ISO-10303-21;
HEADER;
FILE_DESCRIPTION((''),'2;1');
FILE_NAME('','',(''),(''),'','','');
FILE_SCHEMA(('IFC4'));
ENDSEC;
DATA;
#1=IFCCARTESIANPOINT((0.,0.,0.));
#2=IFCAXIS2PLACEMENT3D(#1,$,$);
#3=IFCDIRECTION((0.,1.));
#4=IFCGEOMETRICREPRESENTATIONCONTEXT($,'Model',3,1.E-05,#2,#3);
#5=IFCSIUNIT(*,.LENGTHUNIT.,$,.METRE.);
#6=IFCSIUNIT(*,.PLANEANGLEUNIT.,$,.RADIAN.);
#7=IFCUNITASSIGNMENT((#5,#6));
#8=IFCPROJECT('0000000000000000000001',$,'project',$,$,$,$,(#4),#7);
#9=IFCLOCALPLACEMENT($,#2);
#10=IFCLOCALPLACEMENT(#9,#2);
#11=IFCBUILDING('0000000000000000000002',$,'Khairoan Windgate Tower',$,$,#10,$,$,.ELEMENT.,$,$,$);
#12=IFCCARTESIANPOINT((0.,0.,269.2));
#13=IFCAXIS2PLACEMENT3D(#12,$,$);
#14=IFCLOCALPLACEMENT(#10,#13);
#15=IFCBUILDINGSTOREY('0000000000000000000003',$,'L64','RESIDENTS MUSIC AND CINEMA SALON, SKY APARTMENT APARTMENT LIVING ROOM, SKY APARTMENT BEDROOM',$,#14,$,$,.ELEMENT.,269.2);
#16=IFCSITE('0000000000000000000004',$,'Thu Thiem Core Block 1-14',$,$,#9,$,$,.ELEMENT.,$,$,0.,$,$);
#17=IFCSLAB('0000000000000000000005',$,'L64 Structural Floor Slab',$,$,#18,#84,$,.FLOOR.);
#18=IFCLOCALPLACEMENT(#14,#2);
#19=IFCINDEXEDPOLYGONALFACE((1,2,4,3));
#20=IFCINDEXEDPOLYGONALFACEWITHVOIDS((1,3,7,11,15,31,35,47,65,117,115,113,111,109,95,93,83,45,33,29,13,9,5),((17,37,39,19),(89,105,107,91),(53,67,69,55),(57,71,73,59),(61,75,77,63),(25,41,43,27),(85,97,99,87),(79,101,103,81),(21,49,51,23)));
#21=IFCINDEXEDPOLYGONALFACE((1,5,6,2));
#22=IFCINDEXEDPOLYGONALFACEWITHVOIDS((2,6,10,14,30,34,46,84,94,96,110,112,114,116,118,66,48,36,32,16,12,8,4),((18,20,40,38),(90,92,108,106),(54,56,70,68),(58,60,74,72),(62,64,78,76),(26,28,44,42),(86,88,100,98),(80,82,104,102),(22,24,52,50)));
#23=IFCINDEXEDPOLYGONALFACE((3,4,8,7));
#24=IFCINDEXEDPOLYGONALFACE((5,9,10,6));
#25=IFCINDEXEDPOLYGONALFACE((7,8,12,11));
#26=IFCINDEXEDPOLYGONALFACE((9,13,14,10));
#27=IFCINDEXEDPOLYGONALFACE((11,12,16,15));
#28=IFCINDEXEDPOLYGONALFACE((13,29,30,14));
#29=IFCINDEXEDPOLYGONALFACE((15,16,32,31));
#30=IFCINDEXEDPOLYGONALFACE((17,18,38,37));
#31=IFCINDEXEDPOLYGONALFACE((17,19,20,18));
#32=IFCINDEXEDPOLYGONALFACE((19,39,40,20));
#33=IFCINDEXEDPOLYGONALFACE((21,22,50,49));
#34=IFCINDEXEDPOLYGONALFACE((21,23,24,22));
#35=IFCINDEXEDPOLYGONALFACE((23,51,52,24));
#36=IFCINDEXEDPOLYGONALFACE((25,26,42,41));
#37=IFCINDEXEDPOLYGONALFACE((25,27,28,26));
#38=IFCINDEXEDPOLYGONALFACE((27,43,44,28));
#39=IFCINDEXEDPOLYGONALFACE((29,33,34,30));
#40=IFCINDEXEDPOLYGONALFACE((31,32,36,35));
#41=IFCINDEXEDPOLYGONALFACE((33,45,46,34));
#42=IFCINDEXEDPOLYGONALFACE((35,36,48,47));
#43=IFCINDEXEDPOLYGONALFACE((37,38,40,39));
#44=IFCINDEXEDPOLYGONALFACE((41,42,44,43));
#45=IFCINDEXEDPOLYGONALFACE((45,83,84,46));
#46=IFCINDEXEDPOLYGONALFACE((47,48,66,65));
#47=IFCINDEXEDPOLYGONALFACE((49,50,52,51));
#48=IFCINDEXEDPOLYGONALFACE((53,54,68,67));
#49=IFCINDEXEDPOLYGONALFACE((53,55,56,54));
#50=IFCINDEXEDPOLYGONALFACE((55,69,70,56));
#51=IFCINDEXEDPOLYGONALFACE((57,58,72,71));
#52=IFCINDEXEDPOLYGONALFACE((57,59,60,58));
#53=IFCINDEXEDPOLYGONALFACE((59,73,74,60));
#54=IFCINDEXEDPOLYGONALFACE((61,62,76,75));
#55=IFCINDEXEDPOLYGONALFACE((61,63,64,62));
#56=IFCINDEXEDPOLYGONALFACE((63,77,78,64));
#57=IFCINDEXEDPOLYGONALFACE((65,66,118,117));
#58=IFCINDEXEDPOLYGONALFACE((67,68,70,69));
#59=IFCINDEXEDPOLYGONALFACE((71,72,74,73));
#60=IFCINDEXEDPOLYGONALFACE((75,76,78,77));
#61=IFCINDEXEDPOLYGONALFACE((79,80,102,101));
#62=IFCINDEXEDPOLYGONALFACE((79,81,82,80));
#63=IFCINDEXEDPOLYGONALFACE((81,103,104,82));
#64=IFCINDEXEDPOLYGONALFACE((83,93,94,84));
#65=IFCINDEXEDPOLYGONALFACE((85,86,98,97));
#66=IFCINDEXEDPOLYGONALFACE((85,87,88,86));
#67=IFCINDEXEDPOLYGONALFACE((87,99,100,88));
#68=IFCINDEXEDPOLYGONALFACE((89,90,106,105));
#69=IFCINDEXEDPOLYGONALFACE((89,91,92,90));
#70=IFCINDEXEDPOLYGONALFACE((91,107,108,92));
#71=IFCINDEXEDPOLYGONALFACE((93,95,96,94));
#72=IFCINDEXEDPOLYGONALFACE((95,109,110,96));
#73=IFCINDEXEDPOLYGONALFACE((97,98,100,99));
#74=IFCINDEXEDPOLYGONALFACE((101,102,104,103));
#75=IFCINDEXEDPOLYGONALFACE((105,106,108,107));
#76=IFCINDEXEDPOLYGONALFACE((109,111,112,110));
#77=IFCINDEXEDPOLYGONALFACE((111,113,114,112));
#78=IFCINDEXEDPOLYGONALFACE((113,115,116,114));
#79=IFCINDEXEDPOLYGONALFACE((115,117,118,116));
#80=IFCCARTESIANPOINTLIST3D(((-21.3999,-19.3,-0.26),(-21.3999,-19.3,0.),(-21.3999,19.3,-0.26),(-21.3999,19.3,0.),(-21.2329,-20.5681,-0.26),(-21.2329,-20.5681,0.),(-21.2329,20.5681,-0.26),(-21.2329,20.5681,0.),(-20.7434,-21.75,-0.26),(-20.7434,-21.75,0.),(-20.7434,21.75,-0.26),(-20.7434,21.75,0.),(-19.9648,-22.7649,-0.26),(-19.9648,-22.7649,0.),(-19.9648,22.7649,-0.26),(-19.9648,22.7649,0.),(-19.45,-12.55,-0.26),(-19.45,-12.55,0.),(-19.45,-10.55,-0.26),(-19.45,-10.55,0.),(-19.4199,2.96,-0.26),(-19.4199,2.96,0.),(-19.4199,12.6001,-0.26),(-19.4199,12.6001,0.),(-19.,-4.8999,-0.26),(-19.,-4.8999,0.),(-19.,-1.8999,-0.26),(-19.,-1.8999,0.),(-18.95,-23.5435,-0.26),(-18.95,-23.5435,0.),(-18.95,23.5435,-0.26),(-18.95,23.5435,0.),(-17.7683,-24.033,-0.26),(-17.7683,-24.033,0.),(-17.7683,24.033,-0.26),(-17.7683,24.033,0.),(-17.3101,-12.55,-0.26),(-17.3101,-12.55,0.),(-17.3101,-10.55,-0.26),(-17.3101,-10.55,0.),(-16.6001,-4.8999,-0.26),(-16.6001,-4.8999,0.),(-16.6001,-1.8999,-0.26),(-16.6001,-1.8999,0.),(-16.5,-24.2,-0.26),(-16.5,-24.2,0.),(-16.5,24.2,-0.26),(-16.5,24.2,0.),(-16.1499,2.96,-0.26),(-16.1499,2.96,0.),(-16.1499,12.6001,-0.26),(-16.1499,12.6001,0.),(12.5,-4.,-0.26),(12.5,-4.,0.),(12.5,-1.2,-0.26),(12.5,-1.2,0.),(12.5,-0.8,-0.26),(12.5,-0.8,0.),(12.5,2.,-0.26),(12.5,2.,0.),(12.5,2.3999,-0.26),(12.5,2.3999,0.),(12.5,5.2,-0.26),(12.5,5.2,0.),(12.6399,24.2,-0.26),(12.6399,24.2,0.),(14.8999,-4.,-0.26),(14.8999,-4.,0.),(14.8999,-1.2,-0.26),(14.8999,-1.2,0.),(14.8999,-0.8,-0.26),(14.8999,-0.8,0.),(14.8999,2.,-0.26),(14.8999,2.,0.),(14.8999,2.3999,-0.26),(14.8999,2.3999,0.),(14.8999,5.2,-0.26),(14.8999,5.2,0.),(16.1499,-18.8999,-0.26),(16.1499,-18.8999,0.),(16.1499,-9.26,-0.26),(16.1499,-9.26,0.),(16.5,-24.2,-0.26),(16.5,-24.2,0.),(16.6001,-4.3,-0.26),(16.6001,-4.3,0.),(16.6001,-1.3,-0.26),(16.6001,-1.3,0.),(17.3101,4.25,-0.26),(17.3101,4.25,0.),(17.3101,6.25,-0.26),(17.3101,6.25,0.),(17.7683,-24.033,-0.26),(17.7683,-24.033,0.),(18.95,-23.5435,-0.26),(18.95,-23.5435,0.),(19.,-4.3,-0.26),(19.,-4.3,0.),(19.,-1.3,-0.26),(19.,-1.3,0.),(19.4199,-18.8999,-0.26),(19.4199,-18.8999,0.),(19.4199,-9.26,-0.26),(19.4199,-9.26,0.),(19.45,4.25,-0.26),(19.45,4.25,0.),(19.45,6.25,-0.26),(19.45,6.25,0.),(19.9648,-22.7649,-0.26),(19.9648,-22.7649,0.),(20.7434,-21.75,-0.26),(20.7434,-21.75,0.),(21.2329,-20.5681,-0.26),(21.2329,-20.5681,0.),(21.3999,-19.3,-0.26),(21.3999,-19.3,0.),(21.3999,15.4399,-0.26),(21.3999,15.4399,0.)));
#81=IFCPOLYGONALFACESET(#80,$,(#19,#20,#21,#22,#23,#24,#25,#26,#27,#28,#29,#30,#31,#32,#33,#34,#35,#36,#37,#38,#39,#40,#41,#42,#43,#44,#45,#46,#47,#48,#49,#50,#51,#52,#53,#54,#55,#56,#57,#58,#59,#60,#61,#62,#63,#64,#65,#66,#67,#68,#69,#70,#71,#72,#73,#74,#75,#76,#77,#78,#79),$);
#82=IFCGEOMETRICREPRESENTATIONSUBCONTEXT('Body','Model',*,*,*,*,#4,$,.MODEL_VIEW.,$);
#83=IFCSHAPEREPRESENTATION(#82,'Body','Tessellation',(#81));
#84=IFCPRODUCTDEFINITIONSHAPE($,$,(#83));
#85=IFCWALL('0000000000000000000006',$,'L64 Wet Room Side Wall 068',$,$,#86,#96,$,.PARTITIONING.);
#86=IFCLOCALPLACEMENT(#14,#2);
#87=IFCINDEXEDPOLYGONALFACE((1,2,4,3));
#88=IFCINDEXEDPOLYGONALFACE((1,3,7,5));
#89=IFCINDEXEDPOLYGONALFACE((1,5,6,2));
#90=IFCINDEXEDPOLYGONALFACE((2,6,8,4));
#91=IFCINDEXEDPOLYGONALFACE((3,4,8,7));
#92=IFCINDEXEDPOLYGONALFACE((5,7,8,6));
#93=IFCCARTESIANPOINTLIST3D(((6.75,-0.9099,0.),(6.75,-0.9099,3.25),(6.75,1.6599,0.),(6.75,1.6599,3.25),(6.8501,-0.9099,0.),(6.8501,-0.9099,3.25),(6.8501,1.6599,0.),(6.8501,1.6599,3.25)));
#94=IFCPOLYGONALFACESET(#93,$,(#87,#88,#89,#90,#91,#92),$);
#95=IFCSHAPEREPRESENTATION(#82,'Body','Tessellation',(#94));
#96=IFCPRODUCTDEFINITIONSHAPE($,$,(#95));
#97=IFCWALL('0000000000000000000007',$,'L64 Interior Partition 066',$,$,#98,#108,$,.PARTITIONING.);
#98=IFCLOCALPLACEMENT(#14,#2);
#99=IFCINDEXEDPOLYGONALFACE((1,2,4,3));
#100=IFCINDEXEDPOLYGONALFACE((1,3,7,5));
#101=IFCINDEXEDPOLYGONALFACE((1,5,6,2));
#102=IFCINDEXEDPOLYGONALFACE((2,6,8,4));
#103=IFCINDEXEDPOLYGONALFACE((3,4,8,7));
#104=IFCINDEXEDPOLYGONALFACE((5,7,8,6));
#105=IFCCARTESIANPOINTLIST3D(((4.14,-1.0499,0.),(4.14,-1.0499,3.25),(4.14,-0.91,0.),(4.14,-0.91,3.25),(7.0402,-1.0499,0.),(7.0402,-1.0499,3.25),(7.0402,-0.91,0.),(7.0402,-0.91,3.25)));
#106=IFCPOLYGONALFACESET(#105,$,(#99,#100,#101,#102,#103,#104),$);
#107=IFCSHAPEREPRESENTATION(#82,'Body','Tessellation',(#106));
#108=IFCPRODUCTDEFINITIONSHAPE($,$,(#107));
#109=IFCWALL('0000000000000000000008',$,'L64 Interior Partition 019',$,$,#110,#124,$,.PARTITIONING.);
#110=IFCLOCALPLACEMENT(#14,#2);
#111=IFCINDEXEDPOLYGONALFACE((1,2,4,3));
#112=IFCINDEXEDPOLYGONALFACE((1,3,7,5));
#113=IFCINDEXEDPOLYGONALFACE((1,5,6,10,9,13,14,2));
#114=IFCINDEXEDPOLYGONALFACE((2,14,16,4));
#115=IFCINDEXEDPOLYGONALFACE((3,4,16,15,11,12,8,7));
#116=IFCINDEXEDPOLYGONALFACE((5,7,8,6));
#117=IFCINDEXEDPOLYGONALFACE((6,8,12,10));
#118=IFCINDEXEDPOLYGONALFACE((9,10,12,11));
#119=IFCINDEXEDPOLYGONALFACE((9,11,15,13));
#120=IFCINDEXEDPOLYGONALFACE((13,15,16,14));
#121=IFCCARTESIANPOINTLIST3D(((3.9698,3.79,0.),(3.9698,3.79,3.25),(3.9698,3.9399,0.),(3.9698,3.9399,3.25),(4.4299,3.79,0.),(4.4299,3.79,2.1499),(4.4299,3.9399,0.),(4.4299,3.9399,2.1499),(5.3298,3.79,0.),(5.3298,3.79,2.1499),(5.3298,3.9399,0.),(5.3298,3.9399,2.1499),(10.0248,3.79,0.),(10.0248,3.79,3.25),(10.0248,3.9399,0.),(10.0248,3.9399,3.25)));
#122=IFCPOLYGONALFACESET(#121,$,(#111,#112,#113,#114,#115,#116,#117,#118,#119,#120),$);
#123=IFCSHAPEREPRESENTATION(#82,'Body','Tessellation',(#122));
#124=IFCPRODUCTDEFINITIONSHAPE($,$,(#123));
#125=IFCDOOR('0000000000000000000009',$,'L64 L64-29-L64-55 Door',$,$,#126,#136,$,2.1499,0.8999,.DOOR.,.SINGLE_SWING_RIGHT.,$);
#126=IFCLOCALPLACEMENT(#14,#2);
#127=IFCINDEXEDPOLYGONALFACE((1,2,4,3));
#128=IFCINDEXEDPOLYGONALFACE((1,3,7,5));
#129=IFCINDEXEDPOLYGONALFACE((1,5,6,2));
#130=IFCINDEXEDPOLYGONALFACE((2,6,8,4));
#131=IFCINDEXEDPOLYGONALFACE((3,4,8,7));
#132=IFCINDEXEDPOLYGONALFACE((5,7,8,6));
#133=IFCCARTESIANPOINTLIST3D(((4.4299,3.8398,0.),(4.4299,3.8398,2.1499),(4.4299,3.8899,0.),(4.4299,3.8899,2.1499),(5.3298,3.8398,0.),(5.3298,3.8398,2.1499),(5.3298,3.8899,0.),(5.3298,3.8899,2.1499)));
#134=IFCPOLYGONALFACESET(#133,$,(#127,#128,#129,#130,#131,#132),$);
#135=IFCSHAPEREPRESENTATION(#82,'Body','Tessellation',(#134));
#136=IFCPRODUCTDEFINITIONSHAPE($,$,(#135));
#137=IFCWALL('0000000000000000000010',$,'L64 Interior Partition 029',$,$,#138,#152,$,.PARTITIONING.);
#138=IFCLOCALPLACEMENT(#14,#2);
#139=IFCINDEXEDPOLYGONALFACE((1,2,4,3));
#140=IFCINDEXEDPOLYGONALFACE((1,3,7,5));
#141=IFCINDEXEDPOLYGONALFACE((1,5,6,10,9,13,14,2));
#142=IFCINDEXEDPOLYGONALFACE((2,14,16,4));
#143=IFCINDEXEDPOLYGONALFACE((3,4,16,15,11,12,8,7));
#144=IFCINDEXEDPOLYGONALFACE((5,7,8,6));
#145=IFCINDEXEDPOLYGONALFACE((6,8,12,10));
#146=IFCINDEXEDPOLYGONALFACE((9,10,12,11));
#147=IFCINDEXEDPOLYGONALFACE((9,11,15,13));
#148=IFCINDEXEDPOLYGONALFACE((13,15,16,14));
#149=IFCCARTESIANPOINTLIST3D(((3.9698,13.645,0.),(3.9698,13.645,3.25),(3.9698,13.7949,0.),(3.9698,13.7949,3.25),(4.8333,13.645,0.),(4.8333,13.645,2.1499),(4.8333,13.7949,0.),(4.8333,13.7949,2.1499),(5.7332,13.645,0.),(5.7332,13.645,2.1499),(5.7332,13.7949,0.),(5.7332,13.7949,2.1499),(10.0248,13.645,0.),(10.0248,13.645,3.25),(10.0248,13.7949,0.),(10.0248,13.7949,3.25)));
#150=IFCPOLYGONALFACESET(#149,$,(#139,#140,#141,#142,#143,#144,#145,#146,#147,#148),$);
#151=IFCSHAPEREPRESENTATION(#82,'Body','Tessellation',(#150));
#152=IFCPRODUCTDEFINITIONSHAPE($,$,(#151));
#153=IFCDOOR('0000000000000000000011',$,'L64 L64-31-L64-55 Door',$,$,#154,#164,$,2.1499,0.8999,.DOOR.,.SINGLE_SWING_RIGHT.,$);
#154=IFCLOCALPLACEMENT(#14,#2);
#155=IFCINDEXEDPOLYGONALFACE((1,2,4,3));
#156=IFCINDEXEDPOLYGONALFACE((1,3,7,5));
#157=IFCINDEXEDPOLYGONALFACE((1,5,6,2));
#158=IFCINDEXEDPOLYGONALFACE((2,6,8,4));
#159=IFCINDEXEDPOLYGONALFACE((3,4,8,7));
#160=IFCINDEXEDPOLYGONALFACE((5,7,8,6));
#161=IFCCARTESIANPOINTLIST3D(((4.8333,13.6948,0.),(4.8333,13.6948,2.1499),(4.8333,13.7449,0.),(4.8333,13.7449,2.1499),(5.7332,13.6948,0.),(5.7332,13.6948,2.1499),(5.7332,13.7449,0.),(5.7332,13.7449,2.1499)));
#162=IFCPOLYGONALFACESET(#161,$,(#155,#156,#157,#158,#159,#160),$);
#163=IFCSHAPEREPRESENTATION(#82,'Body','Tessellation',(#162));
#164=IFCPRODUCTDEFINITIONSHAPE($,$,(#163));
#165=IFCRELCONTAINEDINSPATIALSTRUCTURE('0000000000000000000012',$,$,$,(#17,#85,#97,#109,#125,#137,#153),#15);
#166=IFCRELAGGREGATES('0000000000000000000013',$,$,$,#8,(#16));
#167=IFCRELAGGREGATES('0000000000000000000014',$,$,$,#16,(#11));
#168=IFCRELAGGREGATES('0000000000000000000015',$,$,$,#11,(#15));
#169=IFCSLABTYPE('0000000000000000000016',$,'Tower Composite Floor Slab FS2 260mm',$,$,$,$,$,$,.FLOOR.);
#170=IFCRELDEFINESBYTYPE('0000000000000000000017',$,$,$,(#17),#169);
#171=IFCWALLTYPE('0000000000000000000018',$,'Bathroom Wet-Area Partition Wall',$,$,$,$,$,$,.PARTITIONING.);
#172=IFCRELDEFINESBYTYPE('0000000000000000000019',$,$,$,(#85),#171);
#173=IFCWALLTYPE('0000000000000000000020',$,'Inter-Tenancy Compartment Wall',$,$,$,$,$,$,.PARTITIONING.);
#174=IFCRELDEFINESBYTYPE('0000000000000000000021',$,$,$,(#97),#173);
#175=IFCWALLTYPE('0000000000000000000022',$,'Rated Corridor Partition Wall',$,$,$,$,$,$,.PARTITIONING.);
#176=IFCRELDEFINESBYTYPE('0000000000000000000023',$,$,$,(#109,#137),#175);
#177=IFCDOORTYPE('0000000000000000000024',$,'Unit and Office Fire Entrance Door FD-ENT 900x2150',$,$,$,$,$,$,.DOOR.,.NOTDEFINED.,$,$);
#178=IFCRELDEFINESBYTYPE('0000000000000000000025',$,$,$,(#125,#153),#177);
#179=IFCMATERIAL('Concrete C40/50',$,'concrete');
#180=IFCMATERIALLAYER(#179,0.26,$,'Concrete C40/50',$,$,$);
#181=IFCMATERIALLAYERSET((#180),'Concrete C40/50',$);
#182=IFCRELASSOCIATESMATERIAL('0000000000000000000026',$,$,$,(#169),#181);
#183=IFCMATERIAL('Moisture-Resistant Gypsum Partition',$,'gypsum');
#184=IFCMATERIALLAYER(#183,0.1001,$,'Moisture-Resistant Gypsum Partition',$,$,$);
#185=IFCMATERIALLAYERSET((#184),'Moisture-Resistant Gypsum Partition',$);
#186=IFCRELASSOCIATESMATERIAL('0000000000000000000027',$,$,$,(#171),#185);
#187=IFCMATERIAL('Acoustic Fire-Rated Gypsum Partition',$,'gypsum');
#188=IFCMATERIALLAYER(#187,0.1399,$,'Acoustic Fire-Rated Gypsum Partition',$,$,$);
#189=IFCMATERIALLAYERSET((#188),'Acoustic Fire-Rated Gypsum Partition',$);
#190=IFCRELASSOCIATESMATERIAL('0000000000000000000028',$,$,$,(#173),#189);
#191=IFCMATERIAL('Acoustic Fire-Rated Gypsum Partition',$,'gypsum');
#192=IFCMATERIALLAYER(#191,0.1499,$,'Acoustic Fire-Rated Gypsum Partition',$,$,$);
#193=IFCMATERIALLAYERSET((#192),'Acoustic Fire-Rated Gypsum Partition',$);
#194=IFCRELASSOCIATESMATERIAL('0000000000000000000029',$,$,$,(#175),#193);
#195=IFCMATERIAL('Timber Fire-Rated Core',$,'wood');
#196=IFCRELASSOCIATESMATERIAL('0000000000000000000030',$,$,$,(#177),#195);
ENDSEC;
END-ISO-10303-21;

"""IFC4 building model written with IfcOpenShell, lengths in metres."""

from ifc_helpers import new_model, si_unit, direction, frame, frame_2d, origin, place, context, subcontext, project, spatial, polyline, rectangle, outline, extrude, material, layer, layer_set, type_object, element, fill, save


model = new_model("IFC4")

# Units and contexts
model_context = context("Model", 3, precision=1e-05, world=origin(), true_north=direction((0.0, 1.0)))
body_context = subcontext(model_context, "Body", "Model", "MODEL_VIEW")
ifc_project = project(units=[si_unit("LENGTHUNIT", "METRE"), si_unit("PLANEANGLEUNIT", "RADIAN")], contexts=[model_context])

# Site, building, storey
site_placement = place(None, origin())
site = spatial("IfcSite", under=ifc_project, at=site_placement, Name="Thu Thiem Core Block 1-14", CompositionType="ELEMENT", RefElevation=0.0)
building_placement = place(site_placement, origin())
building = spatial("IfcBuilding", under=site, at=building_placement, Name="Khairoan Windgate Tower", CompositionType="ELEMENT")
storey_placement = place(building_placement, frame((0.0, 0.0, 269.2)))
storey = spatial("IfcBuildingStorey", under=building, at=storey_placement, Name="L64", Description="RESIDENTS MUSIC AND CINEMA SALON, SKY APARTMENT APARTMENT LIVING ROOM, SKY APARTMENT BEDROOM", CompositionType="ELEMENT", Elevation=269.2)

# Slab
ifc_material_1 = material(Name="Concrete C40/50", Category="concrete")
ifc_layer_1 = layer(ifc_material_1, 0.26, Name="Concrete C40/50")
ifc_layer_set_1 = layer_set([ifc_layer_1], Name="Concrete C40/50")
slab_type_1 = type_object("IfcSlabType", Name="Tower Composite Floor Slab FS2 260mm", PredefinedType="FLOOR", material=ifc_layer_set_1)
slab_1_placement = place(storey_placement, frame((0.0, 0.0, -0.26)))
element("IfcSlab", 1, at=slab_1_placement, inside=storey, type_object=slab_type_1, Name="L64 Structural Floor Slab", PredefinedType="FLOOR", context=body_context, shape_type="SweptSolid", body=[
    extrude(outline(polyline([(16.5, -24.2), (17.7683, -24.033), (18.95, -23.5435), (19.9648, -22.7649), (20.7434, -21.75), (21.2329, -20.5681), (21.3999, -19.3), (21.3999, 15.4399), (12.6399, 24.2), (-16.5, 24.2), (-17.7683, 24.033), (-18.95, 23.5435), (-19.9648, 22.7649), (-20.7434, 21.75), (-21.2329, 20.5681), (-21.3999, 19.3), (-21.3999, -19.3), (-21.2329, -20.5681), (-20.7434, -21.75), (-19.9648, -22.7649), (-18.95, -23.5435), (-17.7683, -24.033), (-16.5, -24.2), (16.5, -24.2)]), holes=[polyline([(16.1499, -9.26), (16.1499, -18.8999), (19.4199, -18.8999), (19.4199, -9.26), (16.1499, -9.26)]), polyline([(-16.1499, 2.96), (-16.1499, 12.6001), (-19.4199, 12.6001), (-19.4199, 2.96), (-16.1499, 2.96)]), polyline([(12.5, 2.3999), (14.8999, 2.3999), (14.8999, 5.2), (12.5, 5.2), (12.5, 2.3999)]), polyline([(12.5, -0.8), (14.8999, -0.8), (14.8999, 2.0), (12.5, 2.0), (12.5, -0.8)]), polyline([(12.5, -4.0), (14.8999, -4.0), (14.8999, -1.2), (12.5, -1.2), (12.5, -4.0)]), polyline([(16.6001, -4.3), (19.0, -4.3), (19.0, -1.3), (16.6001, -1.3), (16.6001, -4.3)]), polyline([(-19.0, -4.8999), (-16.6001, -4.8999), (-16.6001, -1.8999), (-19.0, -1.8999), (-19.0, -4.8999)]), polyline([(-19.45, -12.55), (-17.3101, -12.55), (-17.3101, -10.55), (-19.45, -10.55), (-19.45, -12.55)]), polyline([(17.3101, 4.25), (19.45, 4.25), (19.45, 6.25), (17.3101, 6.25), (17.3101, 4.25)])]), origin(), (0.0, 0.0, 1.0), 0.26),
])

# Walls
ifc_material_2 = material(Name="Moisture-Resistant Gypsum Partition", Category="gypsum")
ifc_layer_2 = layer(ifc_material_2, 0.1001, Name="Moisture-Resistant Gypsum Partition")
ifc_layer_set_2 = layer_set([ifc_layer_2], Name="Moisture-Resistant Gypsum Partition")
wall_type_1 = type_object("IfcWallType", Name="Bathroom Wet-Area Partition Wall", PredefinedType="PARTITIONING", material=ifc_layer_set_2)
wall_1_placement = place(storey_placement, frame((6.8, 1.6599, 0.0), z_axis=(0.0, 0.0, 1.0), x_axis=(0.0, -1.0, 0.0)))
element("IfcWall", 2, at=wall_1_placement, inside=storey, type_object=wall_type_1, Name="L64 Wet Room Side Wall 068", PredefinedType="PARTITIONING", context=body_context, shape_type="SweptSolid", body=[
    extrude(rectangle(XDim=2.5698, YDim=0.1001, at=frame_2d((1.2849, 0.0))), origin(), (0.0, 0.0, 1.0), 3.25),
])
ifc_material_3 = material(Name="Acoustic Fire-Rated Gypsum Partition", Category="gypsum")
ifc_layer_3 = layer(ifc_material_3, 0.1399, Name="Acoustic Fire-Rated Gypsum Partition")
ifc_layer_set_3 = layer_set([ifc_layer_3], Name="Acoustic Fire-Rated Gypsum Partition")
wall_type_2 = type_object("IfcWallType", Name="Inter-Tenancy Compartment Wall", PredefinedType="PARTITIONING", material=ifc_layer_set_3)
wall_2_placement = place(storey_placement, frame((4.1399, -0.98, 0.0), z_axis=(0.0, 0.0, 1.0), x_axis=(1.0, 0.0, 0.0)))
element("IfcWall", 3, at=wall_2_placement, inside=storey, type_object=wall_type_2, Name="L64 Interior Partition 066", PredefinedType="PARTITIONING", context=body_context, shape_type="SweptSolid", body=[
    extrude(rectangle(XDim=2.9001, YDim=0.1399, at=frame_2d((1.4502, 0.0))), origin(), (0.0, 0.0, 1.0), 3.25),
])

# Walls, openings, doors
ifc_material_4 = material(Name="Acoustic Fire-Rated Gypsum Partition", Category="gypsum")
ifc_layer_4 = layer(ifc_material_4, 0.1499, Name="Acoustic Fire-Rated Gypsum Partition")
ifc_layer_set_4 = layer_set([ifc_layer_4], Name="Acoustic Fire-Rated Gypsum Partition")
wall_type_3 = type_object("IfcWallType", Name="Rated Corridor Partition Wall", PredefinedType="PARTITIONING", material=ifc_layer_set_4)
wall_3_placement = place(storey_placement, frame((3.97, 3.865, 0.0), z_axis=(0.0, 0.0, 1.0), x_axis=(1.0, 0.0, 0.0)))
wall_3 = element("IfcWall", 4, at=wall_3_placement, inside=storey, type_object=wall_type_3, Name="L64 Interior Partition 019", PredefinedType="PARTITIONING", context=body_context, shape_type="SweptSolid", body=[
    extrude(rectangle(XDim=6.0549, YDim=0.1499, at=frame_2d((3.0273, 0.0))), origin(), (0.0, 0.0, 1.0), 3.25),
])
opening_1_placement = place(wall_3_placement, frame((0.46, 0.0, 0.0)))
opening_1 = element("IfcOpeningElement", 5, at=opening_1_placement, cuts=wall_3, PredefinedType="OPENING", context=body_context, shape_type="SweptSolid", body=[
    extrude(rectangle(XDim=0.8999, YDim=2.1499, at=frame_2d((0.45, 1.075))), frame((0.0, 0.085, 0.0), z_axis=(0.0, -1.0, 0.0), x_axis=(1.0, 0.0, 0.0)), (0.0, 0.0, 1.0), 0.1699),
])
ifc_material_5 = material(Name="Timber Fire-Rated Core", Category="wood")
door_type = type_object("IfcDoorType", Name="Unit and Office Fire Entrance Door FD-ENT 900x2150", OperationType="NOTDEFINED", PredefinedType="DOOR", material=ifc_material_5)
door_1_placement = place(opening_1_placement, origin())
door_1 = element("IfcDoor", 6, at=door_1_placement, inside=storey, type_object=door_type, Name="L64 L64-29-L64-55 Door", OperationType="SINGLE_SWING_RIGHT", OverallHeight=2.1499, OverallWidth=0.8999, PredefinedType="DOOR", context=body_context, shape_type="SweptSolid", body=[
    extrude(rectangle(XDim=0.8999, YDim=2.1499, at=frame_2d((0.45, 1.075))), frame((0.0, 0.0249, 0.0), z_axis=(0.0, -1.0, 0.0), x_axis=(1.0, 0.0, 0.0)), (0.0, 0.0, 1.0), 0.05),
])
fill(opening_1, door_1)
wall_4_placement = place(storey_placement, frame((3.97, 13.72, 0.0), z_axis=(0.0, 0.0, 1.0), x_axis=(1.0, 0.0, 0.0)))
wall_4 = element("IfcWall", 7, at=wall_4_placement, inside=storey, type_object=wall_type_3, Name="L64 Interior Partition 029", PredefinedType="PARTITIONING", context=body_context, shape_type="SweptSolid", body=[
    extrude(rectangle(XDim=6.0549, YDim=0.1499, at=frame_2d((3.0273, 0.0))), origin(), (0.0, 0.0, 1.0), 3.25),
])
opening_2_placement = place(wall_4_placement, frame((0.8633, 0.0, 0.0)))
opening_2 = element("IfcOpeningElement", 8, at=opening_2_placement, cuts=wall_4, PredefinedType="OPENING", context=body_context, shape_type="SweptSolid", body=[
    extrude(rectangle(XDim=0.8999, YDim=2.1499, at=frame_2d((0.45, 1.075))), frame((0.0, 0.085, 0.0), z_axis=(0.0, -1.0, 0.0), x_axis=(1.0, 0.0, 0.0)), (0.0, 0.0, 1.0), 0.1699),
])
door_2_placement = place(opening_2_placement, origin())
door_2 = element("IfcDoor", 9, at=door_2_placement, inside=storey, type_object=door_type, Name="L64 L64-31-L64-55 Door", OperationType="SINGLE_SWING_RIGHT", OverallHeight=2.1499, OverallWidth=0.8999, PredefinedType="DOOR", context=body_context, shape_type="SweptSolid", body=[
    extrude(rectangle(XDim=0.8999, YDim=2.1499, at=frame_2d((0.45, 1.075))), frame((0.0, 0.0249, 0.0), z_axis=(0.0, -1.0, 0.0), x_axis=(1.0, 0.0, 0.0)), (0.0, 0.0, 1.0), 0.05),
])
fill(opening_2, door_2)

save(model, "model.ifc")
